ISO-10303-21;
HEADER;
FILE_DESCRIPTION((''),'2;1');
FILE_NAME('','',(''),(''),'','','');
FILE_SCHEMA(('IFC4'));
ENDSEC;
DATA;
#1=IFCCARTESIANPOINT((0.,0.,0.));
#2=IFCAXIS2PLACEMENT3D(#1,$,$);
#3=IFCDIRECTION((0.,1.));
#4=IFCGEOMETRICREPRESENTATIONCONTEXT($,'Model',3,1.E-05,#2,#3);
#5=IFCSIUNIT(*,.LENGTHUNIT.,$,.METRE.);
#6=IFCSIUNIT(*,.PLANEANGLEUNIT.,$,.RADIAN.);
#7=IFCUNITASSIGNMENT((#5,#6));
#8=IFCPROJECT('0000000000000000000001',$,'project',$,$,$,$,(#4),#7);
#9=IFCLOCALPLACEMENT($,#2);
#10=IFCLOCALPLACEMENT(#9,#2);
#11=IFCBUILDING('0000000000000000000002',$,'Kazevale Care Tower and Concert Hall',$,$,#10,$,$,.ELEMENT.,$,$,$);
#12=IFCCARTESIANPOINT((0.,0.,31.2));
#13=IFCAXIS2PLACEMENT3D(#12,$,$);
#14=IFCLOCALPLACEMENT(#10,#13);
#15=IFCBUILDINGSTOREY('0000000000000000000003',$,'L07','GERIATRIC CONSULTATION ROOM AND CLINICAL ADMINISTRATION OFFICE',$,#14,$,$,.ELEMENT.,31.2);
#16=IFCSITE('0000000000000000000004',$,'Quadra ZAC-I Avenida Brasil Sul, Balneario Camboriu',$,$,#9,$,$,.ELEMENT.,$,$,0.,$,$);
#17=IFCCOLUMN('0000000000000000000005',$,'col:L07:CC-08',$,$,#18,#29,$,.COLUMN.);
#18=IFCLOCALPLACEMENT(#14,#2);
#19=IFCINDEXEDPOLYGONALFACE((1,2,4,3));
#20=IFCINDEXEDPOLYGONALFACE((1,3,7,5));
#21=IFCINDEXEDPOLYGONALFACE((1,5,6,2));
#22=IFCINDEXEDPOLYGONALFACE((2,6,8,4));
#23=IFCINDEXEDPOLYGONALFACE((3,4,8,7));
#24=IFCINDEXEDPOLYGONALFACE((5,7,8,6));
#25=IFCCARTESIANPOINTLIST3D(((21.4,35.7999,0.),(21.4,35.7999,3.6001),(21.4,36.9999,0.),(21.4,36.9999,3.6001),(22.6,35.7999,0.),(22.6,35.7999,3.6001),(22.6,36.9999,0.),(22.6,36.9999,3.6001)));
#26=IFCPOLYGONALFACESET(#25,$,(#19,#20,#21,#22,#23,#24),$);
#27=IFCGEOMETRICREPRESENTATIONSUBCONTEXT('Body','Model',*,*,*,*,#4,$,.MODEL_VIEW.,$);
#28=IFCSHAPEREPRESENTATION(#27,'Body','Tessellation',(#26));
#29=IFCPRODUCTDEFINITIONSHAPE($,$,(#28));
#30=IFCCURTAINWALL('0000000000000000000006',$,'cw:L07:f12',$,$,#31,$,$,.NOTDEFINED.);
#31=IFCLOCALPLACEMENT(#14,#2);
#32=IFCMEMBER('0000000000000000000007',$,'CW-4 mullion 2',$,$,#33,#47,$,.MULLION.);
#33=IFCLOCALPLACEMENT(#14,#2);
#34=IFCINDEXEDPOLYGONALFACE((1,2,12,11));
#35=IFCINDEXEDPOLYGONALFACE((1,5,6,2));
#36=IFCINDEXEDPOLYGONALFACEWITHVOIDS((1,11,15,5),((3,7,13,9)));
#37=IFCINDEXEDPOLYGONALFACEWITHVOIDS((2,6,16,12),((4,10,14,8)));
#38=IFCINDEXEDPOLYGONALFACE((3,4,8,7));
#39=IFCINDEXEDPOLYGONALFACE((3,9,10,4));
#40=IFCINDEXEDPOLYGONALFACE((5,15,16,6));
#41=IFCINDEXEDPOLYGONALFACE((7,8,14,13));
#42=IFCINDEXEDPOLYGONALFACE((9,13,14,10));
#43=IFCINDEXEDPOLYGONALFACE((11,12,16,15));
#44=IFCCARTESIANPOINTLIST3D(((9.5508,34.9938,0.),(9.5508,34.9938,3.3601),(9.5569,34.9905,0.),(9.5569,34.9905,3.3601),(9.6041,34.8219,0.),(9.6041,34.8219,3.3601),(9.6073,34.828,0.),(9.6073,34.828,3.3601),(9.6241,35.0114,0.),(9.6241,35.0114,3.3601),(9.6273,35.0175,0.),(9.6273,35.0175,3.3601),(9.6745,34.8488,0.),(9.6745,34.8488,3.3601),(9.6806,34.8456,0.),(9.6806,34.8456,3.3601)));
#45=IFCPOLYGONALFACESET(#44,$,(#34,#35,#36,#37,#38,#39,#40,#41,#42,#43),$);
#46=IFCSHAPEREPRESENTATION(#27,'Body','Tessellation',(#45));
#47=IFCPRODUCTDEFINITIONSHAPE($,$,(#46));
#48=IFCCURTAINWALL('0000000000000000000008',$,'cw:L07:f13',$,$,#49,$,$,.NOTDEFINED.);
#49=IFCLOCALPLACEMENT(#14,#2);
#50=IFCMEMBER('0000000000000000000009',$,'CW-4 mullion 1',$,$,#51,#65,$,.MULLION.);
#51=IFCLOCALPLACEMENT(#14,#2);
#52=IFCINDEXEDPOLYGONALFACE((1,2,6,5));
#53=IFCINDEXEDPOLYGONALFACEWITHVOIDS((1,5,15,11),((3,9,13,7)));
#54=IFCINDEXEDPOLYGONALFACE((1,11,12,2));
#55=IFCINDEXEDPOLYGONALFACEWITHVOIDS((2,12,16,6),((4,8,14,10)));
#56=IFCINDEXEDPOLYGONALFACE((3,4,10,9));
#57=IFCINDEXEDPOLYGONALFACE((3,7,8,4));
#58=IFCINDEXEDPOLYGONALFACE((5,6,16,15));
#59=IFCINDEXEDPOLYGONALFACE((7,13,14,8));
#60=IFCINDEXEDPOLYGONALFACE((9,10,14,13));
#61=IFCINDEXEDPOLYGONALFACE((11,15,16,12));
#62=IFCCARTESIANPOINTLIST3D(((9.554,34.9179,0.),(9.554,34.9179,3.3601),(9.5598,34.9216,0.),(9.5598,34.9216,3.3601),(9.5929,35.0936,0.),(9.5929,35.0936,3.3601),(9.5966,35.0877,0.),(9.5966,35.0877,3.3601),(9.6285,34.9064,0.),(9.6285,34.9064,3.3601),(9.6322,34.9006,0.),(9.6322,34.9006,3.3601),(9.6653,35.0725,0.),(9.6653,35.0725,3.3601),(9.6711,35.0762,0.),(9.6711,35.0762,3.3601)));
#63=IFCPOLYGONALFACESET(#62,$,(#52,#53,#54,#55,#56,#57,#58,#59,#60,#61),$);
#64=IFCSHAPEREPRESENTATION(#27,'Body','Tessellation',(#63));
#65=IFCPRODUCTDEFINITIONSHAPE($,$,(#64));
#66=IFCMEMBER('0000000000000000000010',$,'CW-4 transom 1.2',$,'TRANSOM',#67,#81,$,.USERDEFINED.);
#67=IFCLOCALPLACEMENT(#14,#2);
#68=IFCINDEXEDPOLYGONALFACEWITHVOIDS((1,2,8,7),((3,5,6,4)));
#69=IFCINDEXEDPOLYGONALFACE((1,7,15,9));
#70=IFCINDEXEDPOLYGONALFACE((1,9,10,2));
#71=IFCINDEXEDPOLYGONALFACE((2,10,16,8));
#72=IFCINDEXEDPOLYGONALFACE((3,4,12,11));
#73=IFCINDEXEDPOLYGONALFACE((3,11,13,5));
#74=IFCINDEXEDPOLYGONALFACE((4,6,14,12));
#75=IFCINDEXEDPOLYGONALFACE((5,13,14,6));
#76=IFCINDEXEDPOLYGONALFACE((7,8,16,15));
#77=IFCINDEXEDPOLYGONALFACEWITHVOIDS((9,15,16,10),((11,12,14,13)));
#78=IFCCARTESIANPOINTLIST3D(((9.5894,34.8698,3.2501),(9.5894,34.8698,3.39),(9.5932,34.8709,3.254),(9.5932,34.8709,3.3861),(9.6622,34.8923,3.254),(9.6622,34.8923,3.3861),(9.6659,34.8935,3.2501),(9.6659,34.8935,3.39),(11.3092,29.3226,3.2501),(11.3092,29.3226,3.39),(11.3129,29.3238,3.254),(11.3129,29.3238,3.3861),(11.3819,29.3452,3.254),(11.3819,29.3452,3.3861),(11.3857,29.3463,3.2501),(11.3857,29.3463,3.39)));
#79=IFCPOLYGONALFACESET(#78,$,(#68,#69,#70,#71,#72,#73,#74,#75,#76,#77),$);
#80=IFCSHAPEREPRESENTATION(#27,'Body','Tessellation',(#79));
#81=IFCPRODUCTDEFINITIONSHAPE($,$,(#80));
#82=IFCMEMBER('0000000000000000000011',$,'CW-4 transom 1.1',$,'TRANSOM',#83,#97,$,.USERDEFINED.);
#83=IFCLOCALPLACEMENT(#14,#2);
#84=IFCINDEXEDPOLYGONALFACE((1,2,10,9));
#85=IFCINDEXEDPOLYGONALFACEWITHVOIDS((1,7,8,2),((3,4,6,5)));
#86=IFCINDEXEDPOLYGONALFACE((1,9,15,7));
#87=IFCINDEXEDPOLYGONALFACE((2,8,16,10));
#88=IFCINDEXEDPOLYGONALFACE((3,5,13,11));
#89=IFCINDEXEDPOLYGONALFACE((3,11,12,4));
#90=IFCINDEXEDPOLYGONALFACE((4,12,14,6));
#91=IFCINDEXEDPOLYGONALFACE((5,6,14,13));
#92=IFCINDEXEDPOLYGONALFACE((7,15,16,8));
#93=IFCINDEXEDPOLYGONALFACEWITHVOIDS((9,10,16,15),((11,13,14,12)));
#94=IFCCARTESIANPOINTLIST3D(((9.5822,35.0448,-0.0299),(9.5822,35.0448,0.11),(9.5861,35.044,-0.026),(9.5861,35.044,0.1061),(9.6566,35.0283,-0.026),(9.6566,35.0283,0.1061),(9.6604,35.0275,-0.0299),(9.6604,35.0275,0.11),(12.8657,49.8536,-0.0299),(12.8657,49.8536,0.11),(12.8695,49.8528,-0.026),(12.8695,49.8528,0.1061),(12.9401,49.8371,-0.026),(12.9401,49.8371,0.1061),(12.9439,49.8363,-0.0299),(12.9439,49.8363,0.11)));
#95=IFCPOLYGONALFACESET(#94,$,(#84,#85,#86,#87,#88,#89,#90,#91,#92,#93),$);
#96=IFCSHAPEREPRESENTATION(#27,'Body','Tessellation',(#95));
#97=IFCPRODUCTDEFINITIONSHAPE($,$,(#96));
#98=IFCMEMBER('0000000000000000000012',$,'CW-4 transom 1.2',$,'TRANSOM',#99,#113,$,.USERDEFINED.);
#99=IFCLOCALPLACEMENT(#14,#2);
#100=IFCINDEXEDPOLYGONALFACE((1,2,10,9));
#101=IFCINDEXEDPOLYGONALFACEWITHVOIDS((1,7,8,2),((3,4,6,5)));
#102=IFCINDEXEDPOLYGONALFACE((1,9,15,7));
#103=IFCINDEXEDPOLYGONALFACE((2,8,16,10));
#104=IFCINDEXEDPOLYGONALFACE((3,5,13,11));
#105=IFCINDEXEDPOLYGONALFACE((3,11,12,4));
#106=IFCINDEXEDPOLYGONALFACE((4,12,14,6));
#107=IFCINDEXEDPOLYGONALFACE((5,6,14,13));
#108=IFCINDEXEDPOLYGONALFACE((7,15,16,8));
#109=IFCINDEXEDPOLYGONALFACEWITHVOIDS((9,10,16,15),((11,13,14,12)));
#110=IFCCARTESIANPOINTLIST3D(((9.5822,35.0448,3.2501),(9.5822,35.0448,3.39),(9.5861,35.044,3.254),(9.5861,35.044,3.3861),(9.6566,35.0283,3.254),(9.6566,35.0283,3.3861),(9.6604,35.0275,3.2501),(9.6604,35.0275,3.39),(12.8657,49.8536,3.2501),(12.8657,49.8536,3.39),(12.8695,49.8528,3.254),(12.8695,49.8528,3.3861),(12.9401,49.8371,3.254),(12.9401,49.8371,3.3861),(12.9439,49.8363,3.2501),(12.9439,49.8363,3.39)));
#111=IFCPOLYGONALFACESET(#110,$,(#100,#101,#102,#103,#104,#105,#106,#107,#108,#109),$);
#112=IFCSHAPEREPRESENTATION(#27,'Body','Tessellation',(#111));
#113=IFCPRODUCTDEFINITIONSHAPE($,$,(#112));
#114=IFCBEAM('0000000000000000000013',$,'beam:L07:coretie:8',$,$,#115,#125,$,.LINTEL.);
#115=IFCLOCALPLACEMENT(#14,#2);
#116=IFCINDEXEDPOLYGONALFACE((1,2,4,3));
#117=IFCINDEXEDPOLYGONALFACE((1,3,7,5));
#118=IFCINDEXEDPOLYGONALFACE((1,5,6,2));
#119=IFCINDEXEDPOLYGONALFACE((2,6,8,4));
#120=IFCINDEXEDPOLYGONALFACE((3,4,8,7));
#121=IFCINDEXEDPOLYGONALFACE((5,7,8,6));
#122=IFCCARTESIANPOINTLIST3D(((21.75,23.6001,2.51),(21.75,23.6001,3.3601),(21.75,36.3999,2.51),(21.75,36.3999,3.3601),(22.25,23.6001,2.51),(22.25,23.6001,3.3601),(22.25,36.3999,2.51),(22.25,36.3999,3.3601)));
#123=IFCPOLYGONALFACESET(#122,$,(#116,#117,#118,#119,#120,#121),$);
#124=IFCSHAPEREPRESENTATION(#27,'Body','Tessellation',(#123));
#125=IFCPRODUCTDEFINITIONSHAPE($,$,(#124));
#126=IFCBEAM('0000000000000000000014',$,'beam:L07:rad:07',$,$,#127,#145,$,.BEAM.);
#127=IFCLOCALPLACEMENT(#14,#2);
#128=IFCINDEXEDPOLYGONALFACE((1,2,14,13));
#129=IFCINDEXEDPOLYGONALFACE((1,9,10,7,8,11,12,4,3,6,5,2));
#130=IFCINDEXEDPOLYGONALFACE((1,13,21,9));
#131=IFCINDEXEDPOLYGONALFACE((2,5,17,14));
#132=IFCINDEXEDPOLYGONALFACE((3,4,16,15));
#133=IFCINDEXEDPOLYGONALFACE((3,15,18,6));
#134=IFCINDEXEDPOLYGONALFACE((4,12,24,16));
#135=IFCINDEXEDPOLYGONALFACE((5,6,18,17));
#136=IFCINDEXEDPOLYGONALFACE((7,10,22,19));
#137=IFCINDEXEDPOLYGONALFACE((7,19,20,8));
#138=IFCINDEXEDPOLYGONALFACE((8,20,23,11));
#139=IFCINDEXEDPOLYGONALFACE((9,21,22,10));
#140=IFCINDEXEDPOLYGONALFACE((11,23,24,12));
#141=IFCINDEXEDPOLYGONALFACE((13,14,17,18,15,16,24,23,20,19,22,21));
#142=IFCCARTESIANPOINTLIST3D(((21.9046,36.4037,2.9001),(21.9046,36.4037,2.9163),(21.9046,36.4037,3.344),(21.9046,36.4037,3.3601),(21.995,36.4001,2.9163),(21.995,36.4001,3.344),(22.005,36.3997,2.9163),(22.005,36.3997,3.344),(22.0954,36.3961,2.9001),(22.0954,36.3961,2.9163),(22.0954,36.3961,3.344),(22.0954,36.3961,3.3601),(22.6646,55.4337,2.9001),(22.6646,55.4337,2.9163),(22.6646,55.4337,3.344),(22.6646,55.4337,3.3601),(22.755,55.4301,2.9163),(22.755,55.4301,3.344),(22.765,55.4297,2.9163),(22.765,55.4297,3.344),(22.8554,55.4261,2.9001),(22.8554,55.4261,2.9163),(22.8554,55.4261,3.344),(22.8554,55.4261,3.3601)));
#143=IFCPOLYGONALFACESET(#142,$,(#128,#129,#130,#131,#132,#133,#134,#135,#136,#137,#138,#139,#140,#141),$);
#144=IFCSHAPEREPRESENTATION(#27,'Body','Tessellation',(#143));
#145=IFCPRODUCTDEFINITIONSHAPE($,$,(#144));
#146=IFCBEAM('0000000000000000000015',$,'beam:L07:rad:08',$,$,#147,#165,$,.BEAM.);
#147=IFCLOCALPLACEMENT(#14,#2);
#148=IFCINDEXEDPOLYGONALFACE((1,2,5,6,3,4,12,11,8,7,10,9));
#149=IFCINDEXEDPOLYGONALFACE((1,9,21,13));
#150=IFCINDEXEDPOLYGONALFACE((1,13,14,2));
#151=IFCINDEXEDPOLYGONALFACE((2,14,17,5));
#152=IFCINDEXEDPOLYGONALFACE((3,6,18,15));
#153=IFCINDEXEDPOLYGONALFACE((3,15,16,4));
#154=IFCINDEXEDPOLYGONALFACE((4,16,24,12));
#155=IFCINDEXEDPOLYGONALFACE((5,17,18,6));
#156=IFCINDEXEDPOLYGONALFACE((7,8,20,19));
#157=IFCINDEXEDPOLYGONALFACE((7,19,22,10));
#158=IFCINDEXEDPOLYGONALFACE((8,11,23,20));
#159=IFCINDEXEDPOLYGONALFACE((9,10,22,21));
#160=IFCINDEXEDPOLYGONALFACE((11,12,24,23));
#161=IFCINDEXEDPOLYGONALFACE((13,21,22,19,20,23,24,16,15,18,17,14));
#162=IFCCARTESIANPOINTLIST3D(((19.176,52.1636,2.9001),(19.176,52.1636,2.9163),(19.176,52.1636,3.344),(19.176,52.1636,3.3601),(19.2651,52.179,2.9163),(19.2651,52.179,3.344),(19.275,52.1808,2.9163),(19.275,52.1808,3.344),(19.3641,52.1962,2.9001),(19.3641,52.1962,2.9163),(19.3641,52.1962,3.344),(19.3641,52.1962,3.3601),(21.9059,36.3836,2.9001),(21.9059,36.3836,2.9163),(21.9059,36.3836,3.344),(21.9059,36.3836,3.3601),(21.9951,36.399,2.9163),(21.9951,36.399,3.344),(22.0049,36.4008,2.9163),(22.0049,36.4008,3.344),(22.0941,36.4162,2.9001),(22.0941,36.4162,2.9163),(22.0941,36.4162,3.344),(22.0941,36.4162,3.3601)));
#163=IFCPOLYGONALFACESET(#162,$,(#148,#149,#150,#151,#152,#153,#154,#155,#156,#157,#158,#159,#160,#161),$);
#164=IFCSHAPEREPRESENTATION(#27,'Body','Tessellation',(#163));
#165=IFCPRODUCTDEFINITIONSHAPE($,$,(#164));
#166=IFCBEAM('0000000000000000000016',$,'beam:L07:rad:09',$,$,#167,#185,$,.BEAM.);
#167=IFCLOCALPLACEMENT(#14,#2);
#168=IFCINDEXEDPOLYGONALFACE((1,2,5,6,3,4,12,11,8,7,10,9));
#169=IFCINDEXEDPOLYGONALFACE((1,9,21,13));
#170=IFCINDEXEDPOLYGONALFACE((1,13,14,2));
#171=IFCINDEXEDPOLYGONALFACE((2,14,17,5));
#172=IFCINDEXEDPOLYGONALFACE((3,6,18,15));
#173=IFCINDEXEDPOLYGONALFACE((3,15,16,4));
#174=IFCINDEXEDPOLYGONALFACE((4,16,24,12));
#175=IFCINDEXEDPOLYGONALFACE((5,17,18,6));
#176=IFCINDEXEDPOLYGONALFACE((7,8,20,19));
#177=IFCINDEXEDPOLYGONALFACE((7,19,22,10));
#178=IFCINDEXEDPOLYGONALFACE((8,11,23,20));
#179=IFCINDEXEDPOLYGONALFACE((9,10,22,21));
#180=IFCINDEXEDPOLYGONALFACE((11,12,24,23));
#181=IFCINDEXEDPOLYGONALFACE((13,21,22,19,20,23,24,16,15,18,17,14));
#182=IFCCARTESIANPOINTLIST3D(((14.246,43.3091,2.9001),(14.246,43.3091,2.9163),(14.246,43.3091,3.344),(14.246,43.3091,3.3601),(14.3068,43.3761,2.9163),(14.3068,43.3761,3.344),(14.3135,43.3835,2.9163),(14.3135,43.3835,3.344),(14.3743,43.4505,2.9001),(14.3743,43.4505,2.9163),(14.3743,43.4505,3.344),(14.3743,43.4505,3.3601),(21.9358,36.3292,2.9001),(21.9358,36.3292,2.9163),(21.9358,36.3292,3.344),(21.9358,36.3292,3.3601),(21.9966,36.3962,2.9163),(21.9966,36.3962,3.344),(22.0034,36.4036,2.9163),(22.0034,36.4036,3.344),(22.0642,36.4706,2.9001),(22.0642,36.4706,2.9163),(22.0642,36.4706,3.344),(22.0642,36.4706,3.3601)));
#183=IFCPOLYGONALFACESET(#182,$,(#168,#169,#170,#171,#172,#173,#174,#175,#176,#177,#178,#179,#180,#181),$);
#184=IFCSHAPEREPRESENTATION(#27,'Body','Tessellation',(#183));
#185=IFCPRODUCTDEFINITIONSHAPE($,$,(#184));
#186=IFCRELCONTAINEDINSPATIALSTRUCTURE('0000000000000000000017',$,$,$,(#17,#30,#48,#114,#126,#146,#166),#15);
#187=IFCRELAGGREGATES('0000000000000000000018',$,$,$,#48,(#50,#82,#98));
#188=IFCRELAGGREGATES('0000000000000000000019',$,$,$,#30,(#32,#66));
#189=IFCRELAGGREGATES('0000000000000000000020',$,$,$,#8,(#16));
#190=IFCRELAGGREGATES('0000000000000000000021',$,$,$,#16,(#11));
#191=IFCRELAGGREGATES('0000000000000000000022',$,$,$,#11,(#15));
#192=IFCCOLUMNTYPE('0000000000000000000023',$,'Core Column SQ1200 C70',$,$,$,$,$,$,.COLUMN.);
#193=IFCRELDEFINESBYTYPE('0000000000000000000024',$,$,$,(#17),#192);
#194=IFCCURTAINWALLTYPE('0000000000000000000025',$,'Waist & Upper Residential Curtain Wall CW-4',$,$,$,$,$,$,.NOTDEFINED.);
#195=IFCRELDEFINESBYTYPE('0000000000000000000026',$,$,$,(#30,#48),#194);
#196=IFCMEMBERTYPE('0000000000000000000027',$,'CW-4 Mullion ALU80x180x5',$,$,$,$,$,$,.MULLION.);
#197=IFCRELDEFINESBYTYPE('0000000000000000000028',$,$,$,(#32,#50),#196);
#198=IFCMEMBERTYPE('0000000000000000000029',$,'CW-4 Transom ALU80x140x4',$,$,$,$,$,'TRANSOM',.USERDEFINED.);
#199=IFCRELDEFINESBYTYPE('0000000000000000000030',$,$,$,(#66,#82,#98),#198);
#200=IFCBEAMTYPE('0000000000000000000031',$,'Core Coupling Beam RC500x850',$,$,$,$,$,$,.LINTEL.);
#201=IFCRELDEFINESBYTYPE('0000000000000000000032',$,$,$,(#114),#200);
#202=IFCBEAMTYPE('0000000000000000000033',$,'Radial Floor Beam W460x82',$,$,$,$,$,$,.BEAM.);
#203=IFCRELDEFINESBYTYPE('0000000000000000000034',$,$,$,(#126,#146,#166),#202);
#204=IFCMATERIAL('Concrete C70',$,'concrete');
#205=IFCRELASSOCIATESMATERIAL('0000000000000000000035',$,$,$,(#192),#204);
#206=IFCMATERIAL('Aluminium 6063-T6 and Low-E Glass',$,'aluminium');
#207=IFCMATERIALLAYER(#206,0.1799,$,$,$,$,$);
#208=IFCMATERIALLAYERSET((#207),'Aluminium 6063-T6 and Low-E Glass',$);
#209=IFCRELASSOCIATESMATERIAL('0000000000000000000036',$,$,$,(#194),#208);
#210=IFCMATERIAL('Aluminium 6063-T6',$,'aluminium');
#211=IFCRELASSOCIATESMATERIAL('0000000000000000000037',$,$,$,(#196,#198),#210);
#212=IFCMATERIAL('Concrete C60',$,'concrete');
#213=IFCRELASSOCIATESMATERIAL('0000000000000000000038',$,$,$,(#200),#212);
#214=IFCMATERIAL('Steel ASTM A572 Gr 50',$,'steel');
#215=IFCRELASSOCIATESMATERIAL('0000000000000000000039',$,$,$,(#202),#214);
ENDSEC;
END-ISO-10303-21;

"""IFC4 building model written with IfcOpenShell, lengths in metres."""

from ifc_helpers import new_model, si_unit, direction, frame, origin, origin_2d, place, context, subcontext, project, spatial, rectangle, hollow_rectangle, i_section, extrude, material, layer, layer_set, material_profile, profile_set, type_object, element, aggregate, save


model = new_model("IFC4")

# Units and contexts
model_context = context("Model", 3, precision=1e-05, world=origin(), true_north=direction((0.0, 1.0)))
body_context = subcontext(model_context, "Body", "Model", "MODEL_VIEW")
ifc_project = project(units=[si_unit("LENGTHUNIT", "METRE"), si_unit("PLANEANGLEUNIT", "RADIAN")], contexts=[model_context])

# Site, building, storey
site_placement = place(None, origin())
site = spatial("IfcSite", under=ifc_project, at=site_placement, Name="Quadra ZAC-I Avenida Brasil Sul, Balneario Camboriu", CompositionType="ELEMENT", RefElevation=0.0)
building_placement = place(site_placement, origin())
building = spatial("IfcBuilding", under=site, at=building_placement, Name="Kazevale Care Tower and Concert Hall", CompositionType="ELEMENT")
storey_placement = place(building_placement, frame((0.0, 0.0, 31.2)))
storey = spatial("IfcBuildingStorey", under=building, at=storey_placement, Name="L07", Description="GERIATRIC CONSULTATION ROOM AND CLINICAL ADMINISTRATION OFFICE", CompositionType="ELEMENT", Elevation=31.2)

# Column
ifc_material_1 = material(Name="Concrete C70", Category="concrete")
ifc_material_profile_1 = material_profile(ifc_material_1, rectangle(XDim=1.2, YDim=1.2, at=origin_2d()), Name="RC-SQ1200")
ifc_profile_set_1 = profile_set([ifc_material_profile_1], Name="Concrete C70")
column_type = type_object("IfcColumnType", Name="Core Column SQ1200 C70", PredefinedType="COLUMN", material=ifc_profile_set_1)
column_placement = place(storey_placement, frame((22.0, 36.3999, 0.0), z_axis=(0.0, 0.0, 1.0), x_axis=(1.0, 0.0, 0.0)))
element("IfcColumn", 1, at=column_placement, inside=storey, type_object=column_type, Name="col:L07:CC-08", PredefinedType="COLUMN", context=body_context, shape_type="SweptSolid", body=[
    extrude(rectangle(XDim=1.2, YDim=1.2, at=origin_2d()), origin(), (0.0, 0.0, 1.0), 3.6001),
])

# Curtain walls, members
ifc_material_2 = material(Name="Aluminium 6063-T6 and Low-E Glass", Category="aluminium")
ifc_layer_1 = layer(ifc_material_2, 0.1799)
ifc_layer_set_1 = layer_set([ifc_layer_1], Name="Aluminium 6063-T6 and Low-E Glass")
curtain_wall_type = type_object("IfcCurtainWallType", Name="Waist & Upper Residential Curtain Wall CW-4", PredefinedType="NOTDEFINED", material=ifc_layer_set_1)
curtain_wall_1_placement = place(storey_placement, origin())
curtain_wall_1 = element("IfcCurtainWall", 2, at=curtain_wall_1_placement, inside=storey, type_object=curtain_wall_type, Name="cw:L07:f12", PredefinedType="NOTDEFINED")
ifc_material_3 = material(Name="Aluminium 6063-T6", Category="aluminium")
ifc_material_profile_2 = material_profile(ifc_material_3, hollow_rectangle(XDim=0.0801, YDim=0.1799, WallThickness=0.0049, at=origin_2d()), Name="ALU80x180x5")
ifc_profile_set_2 = profile_set([ifc_material_profile_2], Name="Aluminium 6063-T6")
member_type_1 = type_object("IfcMemberType", Name="CW-4 Mullion ALU80x180x5", PredefinedType="MULLION", material=ifc_profile_set_2)
member_1_placement = place(storey_placement, frame((9.6157, 34.9197, 0.0), z_axis=(0.0, 0.0, 1.0), x_axis=(-0.955157, -0.296099, 0.0)))
member_1 = element("IfcMember", 3, at=member_1_placement, type_object=member_type_1, Name="CW-4 mullion 2", PredefinedType="MULLION", context=body_context, shape_type="SweptSolid", body=[
    extrude(hollow_rectangle(XDim=0.0801, YDim=0.1799, WallThickness=0.0049, at=origin_2d()), origin(), (0.0, 0.0, 1.0), 3.3601),
])
curtain_wall_2_placement = place(storey_placement, origin())
curtain_wall_2 = element("IfcCurtainWall", 4, at=curtain_wall_2_placement, inside=storey, type_object=curtain_wall_type, Name="cw:L07:f13", PredefinedType="NOTDEFINED")
member_2_placement = place(storey_placement, frame((9.6125, 34.9971, 0.0), z_axis=(0.0, 0.0, 1.0), x_axis=(-0.976291, 0.216461, 0.0)))
member_2 = element("IfcMember", 5, at=member_2_placement, type_object=member_type_1, Name="CW-4 mullion 1", PredefinedType="MULLION", context=body_context, shape_type="SweptSolid", body=[
    extrude(hollow_rectangle(XDim=0.0801, YDim=0.1799, WallThickness=0.0049, at=origin_2d()), origin(), (0.0, 0.0, 1.0), 3.3601),
])

# Members
ifc_material_profile_3 = material_profile(ifc_material_3, hollow_rectangle(XDim=0.0801, YDim=0.1399, WallThickness=0.0039, at=origin_2d()), Name="ALU80x140x4")
ifc_profile_set_3 = profile_set([ifc_material_profile_3], Name="Aluminium 6063-T6")
member_type_2 = type_object("IfcMemberType", Name="CW-4 Transom ALU80x140x4", ElementType="TRANSOM", PredefinedType="USERDEFINED", material=ifc_profile_set_3)
member_3_placement = place(storey_placement, frame((11.3474, 29.3345, 3.3201), z_axis=(-0.296118, 0.955152, 0.0), x_axis=(-0.955152, -0.296118, 0.0)))
member_3 = element("IfcMember", 6, at=member_3_placement, type_object=member_type_2, Name="CW-4 transom 1.2", ObjectType="TRANSOM", PredefinedType="USERDEFINED", context=body_context, shape_type="SweptSolid", body=[
    extrude(hollow_rectangle(XDim=0.0801, YDim=0.1399, WallThickness=0.0039, at=origin_2d()), origin(), (0.0, 0.0, 1.0), 5.8076),
])
member_4_placement = place(storey_placement, frame((9.6213, 35.0361, 0.04), z_axis=(0.216465, 0.97629, 0.0), x_axis=(-0.97629, 0.216465, 0.0)))
member_4 = element("IfcMember", 7, at=member_4_placement, type_object=member_type_2, Name="CW-4 transom 1.1", ObjectType="TRANSOM", PredefinedType="USERDEFINED", context=body_context, shape_type="SweptSolid", body=[
    extrude(hollow_rectangle(XDim=0.0801, YDim=0.1399, WallThickness=0.0039, at=origin_2d()), origin(), (0.0, 0.0, 1.0), 15.1685),
])
member_5_placement = place(storey_placement, frame((9.6213, 35.0361, 3.3201), z_axis=(0.216465, 0.97629, 0.0), x_axis=(-0.97629, 0.216465, 0.0)))
member_5 = element("IfcMember", 8, at=member_5_placement, type_object=member_type_2, Name="CW-4 transom 1.2", ObjectType="TRANSOM", PredefinedType="USERDEFINED", context=body_context, shape_type="SweptSolid", body=[
    extrude(hollow_rectangle(XDim=0.0801, YDim=0.1399, WallThickness=0.0039, at=origin_2d()), origin(), (0.0, 0.0, 1.0), 15.1685),
])
aggregate(curtain_wall_2, [member_2, member_4, member_5])

# Beams
ifc_material_4 = material(Name="Concrete C60", Category="concrete")
ifc_material_profile_4 = material_profile(ifc_material_4, rectangle(XDim=0.5, YDim=0.8501, at=origin_2d()), Name="RC-B500x850")
ifc_profile_set_4 = profile_set([ifc_material_profile_4], Name="Concrete C60")
beam_type_1 = type_object("IfcBeamType", Name="Core Coupling Beam RC500x850", PredefinedType="LINTEL", material=ifc_profile_set_4)
beam_1_placement = place(storey_placement, frame((22.0, 36.3999, 2.9351), z_axis=(0.0, -1.0, 0.0), x_axis=(1.0, 0.0, 0.0)))
element("IfcBeam", 9, at=beam_1_placement, inside=storey, type_object=beam_type_1, Name="beam:L07:coretie:8", PredefinedType="LINTEL", context=body_context, shape_type="SweptSolid", body=[
    extrude(rectangle(XDim=0.5, YDim=0.8501, at=origin_2d()), origin(), (0.0, 0.0, 1.0), 12.7998),
])
ifc_material_5 = material(Name="Steel ASTM A572 Gr 50", Category="steel")
ifc_material_profile_5 = material_profile(ifc_material_5, i_section(OverallWidth=0.1909, OverallDepth=0.46, WebThickness=0.01, FlangeThickness=0.0161, at=origin_2d()), Name="W460x82")
ifc_profile_set_5 = profile_set([ifc_material_profile_5], Name="Steel ASTM A572 Gr 50")
beam_type_2 = type_object("IfcBeamType", Name="Radial Floor Beam W460x82", PredefinedType="BEAM", material=ifc_profile_set_5)
beam_2_placement = place(storey_placement, frame((22.0, 36.3999, 3.1301), z_axis=(0.039906, 0.999203, 0.0), x_axis=(-0.999203, 0.039906, 0.0)))
element("IfcBeam", 10, at=beam_2_placement, inside=storey, type_object=beam_type_2, Name="beam:L07:rad:07", PredefinedType="BEAM", context=body_context, shape_type="SweptSolid", body=[
    extrude(i_section(OverallWidth=0.1909, OverallDepth=0.46, WebThickness=0.01, FlangeThickness=0.0161, at=origin_2d()), origin(), (0.0, 0.0, 1.0), 19.0452),
])
beam_3_placement = place(storey_placement, frame((22.0, 36.3999, 3.1301), z_axis=(-0.17047, 0.985363, 0.0), x_axis=(-0.985363, -0.17047, 0.0)))
element("IfcBeam", 11, at=beam_3_placement, inside=storey, type_object=beam_type_2, Name="beam:L07:rad:08", PredefinedType="BEAM", context=body_context, shape_type="SweptSolid", body=[
    extrude(i_section(OverallWidth=0.1909, OverallDepth=0.46, WebThickness=0.01, FlangeThickness=0.0161, at=origin_2d()), origin(), (0.0, 0.0, 1.0), 16.0144),
])
beam_4_placement = place(storey_placement, frame((22.0, 36.3999, 3.1301), z_axis=(-0.740461, 0.672099, 0.0), x_axis=(-0.672099, -0.740461, 0.0)))
element("IfcBeam", 12, at=beam_4_placement, inside=storey, type_object=beam_type_2, Name="beam:L07:rad:09", PredefinedType="BEAM", context=body_context, shape_type="SweptSolid", body=[
    extrude(i_section(OverallWidth=0.1909, OverallDepth=0.46, WebThickness=0.01, FlangeThickness=0.0161, at=origin_2d()), origin(), (0.0, 0.0, 1.0), 10.3853),
])

aggregate(curtain_wall_1, [member_1, member_3])

save(model, "model.ifc")
